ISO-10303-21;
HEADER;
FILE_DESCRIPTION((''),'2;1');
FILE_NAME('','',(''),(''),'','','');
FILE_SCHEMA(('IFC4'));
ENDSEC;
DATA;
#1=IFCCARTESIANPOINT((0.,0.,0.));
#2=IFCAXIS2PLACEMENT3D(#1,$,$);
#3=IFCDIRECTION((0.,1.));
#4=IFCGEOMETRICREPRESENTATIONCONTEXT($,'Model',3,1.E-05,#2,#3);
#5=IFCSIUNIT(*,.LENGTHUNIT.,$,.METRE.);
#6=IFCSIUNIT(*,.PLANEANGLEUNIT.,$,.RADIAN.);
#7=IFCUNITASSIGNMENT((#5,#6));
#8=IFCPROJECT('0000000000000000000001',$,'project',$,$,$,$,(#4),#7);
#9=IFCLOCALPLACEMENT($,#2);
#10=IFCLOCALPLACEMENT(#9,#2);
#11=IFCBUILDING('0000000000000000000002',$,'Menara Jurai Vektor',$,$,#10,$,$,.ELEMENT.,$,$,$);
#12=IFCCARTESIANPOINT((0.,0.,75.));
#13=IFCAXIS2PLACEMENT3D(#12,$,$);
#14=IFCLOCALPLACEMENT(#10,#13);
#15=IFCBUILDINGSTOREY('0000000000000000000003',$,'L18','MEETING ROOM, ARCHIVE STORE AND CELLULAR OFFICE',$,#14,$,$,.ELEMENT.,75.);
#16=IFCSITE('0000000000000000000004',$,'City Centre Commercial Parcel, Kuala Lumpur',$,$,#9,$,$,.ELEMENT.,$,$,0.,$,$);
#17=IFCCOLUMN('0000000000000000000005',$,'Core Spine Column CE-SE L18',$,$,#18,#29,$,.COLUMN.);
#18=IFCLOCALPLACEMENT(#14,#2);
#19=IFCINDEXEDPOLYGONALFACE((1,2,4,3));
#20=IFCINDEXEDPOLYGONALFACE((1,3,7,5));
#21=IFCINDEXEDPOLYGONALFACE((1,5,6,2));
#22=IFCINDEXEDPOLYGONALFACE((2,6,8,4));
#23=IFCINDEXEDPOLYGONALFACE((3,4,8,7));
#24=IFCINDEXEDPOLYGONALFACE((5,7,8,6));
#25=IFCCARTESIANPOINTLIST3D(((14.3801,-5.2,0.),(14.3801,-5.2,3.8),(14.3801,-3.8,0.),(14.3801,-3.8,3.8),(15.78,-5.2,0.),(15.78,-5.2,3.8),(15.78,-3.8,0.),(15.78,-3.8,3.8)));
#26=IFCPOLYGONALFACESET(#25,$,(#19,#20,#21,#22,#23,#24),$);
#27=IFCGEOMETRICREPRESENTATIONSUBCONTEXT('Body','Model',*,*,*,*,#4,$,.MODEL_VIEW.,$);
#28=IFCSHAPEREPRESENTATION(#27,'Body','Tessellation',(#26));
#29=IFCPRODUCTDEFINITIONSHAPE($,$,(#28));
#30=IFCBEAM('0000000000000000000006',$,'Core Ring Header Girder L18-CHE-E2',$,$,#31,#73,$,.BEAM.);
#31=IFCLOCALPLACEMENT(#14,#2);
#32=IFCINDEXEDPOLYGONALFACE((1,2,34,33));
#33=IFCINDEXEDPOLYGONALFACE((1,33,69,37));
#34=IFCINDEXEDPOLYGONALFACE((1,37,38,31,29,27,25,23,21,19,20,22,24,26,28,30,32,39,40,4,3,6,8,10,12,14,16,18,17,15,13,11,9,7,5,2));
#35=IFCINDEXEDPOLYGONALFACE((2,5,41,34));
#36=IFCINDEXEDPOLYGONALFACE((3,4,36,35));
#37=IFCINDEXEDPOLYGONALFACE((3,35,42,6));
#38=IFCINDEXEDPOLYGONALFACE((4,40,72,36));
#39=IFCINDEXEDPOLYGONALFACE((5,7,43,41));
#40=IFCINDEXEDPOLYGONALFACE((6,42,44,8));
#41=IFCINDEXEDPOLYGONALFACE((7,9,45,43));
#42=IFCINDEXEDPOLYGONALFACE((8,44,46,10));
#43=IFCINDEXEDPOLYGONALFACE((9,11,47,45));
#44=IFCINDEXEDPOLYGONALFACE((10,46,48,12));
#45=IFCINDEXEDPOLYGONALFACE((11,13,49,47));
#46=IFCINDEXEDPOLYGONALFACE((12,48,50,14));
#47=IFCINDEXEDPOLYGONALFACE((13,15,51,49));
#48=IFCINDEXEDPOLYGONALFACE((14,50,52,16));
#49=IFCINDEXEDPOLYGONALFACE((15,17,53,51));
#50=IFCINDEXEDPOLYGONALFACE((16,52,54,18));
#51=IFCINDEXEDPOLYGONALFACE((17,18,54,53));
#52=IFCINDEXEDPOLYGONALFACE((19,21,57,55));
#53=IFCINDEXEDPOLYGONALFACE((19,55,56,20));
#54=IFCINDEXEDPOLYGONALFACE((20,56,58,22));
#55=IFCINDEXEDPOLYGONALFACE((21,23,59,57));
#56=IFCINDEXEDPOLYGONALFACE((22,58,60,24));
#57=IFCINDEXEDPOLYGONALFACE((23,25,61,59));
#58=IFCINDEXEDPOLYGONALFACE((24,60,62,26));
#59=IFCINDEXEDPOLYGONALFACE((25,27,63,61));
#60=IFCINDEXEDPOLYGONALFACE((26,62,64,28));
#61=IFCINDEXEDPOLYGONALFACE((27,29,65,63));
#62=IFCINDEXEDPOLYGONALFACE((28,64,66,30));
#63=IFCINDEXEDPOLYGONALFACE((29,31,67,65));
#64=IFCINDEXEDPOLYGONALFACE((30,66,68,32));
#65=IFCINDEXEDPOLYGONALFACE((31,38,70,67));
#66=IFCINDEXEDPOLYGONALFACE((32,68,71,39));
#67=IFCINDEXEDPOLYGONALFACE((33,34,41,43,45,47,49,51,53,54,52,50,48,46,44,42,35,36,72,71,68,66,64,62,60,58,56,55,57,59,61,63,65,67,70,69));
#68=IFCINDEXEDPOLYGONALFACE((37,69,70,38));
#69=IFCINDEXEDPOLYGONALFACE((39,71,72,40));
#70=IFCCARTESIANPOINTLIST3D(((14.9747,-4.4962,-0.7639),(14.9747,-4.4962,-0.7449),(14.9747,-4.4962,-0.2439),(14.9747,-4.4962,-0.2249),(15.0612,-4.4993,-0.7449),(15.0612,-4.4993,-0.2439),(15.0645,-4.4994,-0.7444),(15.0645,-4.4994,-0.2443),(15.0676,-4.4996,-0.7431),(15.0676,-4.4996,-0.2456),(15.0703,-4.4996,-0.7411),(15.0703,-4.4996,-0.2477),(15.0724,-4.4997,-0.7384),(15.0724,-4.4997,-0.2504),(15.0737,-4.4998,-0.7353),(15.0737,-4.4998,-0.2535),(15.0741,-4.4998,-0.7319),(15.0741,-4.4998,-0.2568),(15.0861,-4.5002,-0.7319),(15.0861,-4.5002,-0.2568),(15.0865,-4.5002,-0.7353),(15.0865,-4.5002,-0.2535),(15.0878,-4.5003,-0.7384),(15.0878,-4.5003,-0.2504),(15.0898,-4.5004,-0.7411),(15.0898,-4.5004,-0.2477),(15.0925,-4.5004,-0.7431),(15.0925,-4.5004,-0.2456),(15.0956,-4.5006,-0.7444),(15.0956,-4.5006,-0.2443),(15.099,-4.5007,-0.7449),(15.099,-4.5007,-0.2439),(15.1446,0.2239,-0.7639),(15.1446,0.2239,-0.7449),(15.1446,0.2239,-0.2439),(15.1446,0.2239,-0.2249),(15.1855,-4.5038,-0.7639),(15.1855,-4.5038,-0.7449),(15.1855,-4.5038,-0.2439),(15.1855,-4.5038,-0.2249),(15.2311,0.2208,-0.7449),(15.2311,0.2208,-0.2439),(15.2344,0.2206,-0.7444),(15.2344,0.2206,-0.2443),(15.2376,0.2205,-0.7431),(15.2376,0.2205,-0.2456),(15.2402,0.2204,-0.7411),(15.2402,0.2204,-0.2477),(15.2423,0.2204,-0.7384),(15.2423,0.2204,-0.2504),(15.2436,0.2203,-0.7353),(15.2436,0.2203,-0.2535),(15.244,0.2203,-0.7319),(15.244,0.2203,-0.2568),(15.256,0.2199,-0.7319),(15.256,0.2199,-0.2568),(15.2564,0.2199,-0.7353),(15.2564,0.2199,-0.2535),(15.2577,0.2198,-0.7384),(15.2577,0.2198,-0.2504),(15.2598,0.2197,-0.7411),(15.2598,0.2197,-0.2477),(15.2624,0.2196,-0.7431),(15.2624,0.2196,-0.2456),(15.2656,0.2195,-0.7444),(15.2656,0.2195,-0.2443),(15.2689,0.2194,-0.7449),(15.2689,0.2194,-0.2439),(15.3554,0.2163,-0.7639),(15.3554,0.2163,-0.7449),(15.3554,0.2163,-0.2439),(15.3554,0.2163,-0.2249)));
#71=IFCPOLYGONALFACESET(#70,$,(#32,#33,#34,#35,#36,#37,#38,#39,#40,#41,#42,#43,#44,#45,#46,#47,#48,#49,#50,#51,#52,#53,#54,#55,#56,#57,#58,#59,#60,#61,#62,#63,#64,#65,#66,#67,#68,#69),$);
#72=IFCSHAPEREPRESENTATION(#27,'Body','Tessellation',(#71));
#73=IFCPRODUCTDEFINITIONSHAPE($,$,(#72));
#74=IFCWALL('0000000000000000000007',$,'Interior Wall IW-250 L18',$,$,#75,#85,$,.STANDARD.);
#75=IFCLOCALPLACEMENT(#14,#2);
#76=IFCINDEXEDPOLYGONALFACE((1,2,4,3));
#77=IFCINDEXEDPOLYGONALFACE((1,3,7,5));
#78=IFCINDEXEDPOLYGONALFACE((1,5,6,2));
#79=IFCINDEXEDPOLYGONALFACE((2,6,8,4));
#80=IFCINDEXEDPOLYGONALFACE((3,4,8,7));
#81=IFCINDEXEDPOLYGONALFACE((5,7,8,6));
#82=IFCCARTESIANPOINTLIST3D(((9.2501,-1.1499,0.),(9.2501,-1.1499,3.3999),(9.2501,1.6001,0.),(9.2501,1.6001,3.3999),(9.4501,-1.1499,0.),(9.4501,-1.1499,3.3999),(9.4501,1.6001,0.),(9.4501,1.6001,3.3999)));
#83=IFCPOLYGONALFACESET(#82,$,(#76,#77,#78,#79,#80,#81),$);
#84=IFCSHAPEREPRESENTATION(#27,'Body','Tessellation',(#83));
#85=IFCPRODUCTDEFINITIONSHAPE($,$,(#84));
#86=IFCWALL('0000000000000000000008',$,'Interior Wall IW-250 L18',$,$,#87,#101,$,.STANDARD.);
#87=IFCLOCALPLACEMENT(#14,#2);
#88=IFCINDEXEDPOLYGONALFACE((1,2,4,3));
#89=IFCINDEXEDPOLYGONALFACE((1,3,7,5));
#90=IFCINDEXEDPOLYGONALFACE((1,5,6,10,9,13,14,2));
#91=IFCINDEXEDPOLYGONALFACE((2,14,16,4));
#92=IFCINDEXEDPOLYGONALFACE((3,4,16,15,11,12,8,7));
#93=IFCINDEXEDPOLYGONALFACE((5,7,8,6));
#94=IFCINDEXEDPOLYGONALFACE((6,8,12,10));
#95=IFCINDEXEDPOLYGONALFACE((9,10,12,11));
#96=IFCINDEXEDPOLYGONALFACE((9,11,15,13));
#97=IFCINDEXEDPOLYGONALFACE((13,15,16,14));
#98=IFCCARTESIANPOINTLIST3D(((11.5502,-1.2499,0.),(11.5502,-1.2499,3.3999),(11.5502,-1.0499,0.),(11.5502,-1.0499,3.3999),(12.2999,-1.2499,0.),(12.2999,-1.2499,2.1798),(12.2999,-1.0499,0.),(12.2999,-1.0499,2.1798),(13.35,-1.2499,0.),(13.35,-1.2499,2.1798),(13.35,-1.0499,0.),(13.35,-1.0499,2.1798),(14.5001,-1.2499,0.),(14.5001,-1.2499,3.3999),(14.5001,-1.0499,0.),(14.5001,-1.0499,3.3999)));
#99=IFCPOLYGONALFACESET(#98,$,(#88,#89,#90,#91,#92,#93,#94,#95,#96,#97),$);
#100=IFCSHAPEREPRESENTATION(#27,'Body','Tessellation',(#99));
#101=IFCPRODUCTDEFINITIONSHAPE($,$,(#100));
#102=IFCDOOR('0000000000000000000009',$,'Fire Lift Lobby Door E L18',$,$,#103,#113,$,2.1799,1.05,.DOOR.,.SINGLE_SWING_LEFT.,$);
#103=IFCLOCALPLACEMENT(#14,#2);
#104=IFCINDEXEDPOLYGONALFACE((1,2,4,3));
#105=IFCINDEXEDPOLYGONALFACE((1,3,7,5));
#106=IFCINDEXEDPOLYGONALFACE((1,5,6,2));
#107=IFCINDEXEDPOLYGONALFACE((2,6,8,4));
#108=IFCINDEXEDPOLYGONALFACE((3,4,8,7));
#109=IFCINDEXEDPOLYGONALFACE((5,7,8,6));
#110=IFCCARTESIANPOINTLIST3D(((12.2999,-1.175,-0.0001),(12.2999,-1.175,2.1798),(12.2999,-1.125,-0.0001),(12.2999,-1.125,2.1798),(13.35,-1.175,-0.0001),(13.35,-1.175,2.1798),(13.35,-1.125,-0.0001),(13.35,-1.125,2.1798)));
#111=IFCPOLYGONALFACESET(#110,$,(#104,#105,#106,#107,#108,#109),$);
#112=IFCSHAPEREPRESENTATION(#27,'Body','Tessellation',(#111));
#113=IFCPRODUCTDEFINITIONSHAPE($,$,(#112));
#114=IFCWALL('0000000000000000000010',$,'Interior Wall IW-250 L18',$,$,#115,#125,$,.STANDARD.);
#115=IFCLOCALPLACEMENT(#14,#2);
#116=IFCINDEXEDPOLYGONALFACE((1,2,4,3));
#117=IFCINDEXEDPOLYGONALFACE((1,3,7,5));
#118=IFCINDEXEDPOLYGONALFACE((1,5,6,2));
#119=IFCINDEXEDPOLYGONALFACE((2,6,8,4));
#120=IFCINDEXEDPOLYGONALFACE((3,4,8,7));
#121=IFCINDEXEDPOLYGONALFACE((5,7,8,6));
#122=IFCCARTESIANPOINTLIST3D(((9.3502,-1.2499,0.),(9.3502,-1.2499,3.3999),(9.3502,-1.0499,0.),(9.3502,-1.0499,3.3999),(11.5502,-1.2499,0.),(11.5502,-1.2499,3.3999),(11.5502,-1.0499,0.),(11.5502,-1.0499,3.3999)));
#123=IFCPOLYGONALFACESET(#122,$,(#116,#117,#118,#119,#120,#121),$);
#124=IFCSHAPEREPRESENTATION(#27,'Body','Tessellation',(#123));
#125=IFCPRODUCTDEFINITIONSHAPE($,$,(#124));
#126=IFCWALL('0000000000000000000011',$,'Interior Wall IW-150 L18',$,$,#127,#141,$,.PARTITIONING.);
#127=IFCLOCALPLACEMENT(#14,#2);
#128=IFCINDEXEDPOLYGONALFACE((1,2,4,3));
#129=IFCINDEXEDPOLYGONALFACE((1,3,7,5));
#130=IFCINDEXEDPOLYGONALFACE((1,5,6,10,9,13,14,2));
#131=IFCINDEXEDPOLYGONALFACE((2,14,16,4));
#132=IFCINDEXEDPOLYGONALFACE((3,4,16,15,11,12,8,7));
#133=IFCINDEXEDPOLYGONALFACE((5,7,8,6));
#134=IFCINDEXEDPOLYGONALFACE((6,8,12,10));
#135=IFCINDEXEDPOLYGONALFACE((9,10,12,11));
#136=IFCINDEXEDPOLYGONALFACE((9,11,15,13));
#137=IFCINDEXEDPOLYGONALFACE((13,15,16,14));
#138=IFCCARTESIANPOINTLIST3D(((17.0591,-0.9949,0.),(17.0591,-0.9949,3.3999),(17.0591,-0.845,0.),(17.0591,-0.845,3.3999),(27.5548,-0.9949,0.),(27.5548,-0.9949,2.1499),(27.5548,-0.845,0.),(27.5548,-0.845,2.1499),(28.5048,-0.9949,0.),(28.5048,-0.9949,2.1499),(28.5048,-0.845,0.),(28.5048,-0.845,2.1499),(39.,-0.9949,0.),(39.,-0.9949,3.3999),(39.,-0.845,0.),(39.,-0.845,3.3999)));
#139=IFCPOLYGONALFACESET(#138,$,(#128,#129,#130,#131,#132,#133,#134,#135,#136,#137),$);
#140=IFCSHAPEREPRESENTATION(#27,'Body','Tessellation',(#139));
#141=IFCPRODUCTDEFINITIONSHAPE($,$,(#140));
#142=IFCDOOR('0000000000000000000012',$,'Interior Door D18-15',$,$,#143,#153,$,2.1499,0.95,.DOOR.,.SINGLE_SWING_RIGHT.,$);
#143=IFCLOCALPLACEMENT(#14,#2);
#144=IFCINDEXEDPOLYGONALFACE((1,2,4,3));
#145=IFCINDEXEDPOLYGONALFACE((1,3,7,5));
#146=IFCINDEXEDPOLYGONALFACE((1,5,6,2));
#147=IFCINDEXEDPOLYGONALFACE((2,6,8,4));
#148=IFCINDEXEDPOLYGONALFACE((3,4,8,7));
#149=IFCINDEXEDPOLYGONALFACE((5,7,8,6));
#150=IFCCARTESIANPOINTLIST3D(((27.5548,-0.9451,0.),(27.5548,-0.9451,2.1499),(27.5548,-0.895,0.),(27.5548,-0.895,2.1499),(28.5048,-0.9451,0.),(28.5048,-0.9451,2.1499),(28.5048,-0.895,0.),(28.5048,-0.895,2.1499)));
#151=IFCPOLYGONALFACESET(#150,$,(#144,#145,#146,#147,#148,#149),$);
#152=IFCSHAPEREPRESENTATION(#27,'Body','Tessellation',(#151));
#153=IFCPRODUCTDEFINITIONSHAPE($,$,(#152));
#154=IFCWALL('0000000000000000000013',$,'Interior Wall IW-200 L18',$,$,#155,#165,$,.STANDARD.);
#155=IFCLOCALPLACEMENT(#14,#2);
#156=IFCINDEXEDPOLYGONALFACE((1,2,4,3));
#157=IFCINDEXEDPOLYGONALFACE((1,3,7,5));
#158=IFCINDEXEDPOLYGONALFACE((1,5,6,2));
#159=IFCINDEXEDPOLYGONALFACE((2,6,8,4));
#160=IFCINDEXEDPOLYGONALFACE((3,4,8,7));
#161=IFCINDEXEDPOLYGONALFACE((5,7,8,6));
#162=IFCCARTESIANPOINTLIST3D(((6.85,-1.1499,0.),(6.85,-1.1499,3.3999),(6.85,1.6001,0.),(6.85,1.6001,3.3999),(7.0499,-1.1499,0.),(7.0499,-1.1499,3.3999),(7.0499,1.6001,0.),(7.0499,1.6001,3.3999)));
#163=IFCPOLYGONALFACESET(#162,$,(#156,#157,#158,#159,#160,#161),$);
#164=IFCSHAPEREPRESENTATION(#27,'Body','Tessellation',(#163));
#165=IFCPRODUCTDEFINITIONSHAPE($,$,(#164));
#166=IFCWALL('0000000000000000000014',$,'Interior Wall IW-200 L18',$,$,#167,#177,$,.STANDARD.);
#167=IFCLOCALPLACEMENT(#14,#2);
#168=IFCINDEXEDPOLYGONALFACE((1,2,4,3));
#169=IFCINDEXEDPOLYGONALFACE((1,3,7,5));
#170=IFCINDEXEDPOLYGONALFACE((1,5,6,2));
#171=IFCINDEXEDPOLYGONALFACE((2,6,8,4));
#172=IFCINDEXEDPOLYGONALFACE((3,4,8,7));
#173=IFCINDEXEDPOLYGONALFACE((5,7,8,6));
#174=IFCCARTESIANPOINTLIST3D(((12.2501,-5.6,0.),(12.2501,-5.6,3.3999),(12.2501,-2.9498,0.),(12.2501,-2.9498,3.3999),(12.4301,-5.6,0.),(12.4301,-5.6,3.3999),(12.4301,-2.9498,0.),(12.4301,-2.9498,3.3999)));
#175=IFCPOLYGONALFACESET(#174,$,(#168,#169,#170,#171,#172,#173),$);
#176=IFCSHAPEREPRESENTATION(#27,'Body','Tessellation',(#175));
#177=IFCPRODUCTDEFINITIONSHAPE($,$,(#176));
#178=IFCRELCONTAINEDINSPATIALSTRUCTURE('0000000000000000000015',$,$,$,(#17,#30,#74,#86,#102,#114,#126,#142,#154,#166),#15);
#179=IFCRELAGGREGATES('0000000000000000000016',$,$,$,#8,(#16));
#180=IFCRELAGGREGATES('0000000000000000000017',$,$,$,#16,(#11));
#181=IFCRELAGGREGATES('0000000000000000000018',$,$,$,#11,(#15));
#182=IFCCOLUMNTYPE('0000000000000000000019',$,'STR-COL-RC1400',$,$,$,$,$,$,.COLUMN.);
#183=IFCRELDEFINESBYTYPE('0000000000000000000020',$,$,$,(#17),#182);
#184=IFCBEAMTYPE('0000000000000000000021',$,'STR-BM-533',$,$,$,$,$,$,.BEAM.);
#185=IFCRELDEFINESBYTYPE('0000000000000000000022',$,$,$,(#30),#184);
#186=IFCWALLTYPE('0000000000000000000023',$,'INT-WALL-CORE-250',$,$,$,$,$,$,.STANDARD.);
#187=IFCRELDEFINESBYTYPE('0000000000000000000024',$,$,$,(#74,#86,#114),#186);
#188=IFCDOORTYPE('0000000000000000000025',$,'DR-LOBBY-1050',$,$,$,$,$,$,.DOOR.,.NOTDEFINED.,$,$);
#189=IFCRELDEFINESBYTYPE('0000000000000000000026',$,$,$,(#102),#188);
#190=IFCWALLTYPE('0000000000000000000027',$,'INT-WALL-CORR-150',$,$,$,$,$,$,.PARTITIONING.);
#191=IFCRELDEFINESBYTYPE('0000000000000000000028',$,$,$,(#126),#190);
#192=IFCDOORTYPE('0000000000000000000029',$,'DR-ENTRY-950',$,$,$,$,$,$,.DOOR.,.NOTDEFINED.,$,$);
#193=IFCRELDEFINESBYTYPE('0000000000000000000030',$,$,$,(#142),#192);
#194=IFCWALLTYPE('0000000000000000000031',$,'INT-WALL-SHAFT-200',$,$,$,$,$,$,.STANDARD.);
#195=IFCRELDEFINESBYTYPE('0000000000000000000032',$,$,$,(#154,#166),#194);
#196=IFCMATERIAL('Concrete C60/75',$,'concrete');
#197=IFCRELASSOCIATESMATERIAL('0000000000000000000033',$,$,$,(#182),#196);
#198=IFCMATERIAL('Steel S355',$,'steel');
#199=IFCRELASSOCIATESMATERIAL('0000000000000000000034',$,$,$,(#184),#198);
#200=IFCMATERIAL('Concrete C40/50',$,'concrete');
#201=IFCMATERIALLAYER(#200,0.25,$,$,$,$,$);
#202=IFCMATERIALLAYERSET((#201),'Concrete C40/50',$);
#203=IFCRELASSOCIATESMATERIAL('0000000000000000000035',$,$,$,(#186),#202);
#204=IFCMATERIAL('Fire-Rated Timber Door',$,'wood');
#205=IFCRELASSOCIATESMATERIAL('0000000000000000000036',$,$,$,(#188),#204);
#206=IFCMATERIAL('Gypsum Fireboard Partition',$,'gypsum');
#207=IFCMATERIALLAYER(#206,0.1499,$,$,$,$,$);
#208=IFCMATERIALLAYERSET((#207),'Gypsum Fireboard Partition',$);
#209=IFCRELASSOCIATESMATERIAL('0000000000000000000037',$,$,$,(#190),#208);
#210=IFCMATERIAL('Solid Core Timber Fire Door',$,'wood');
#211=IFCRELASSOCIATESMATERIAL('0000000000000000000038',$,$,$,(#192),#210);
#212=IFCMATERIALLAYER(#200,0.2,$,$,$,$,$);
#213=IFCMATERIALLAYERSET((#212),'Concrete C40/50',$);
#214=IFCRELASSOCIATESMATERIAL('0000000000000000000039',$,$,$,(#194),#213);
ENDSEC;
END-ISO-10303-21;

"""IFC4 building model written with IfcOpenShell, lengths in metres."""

from ifc_helpers import new_model, si_unit, direction, frame, frame_2d, origin, origin_2d, place, context, subcontext, project, spatial, rectangle, i_section, extrude, material, layer, layer_set, material_profile, profile_set, type_object, element, fill, save


model = new_model("IFC4")

# Units and contexts
model_context = context("Model", 3, precision=1e-05, world=origin(), true_north=direction((0.0, 1.0)))
body_context = subcontext(model_context, "Body", "Model", "MODEL_VIEW")
ifc_project = project(units=[si_unit("LENGTHUNIT", "METRE"), si_unit("PLANEANGLEUNIT", "RADIAN")], contexts=[model_context])

# Site, building, storey
site_placement = place(None, origin())
site = spatial("IfcSite", under=ifc_project, at=site_placement, Name="City Centre Commercial Parcel, Kuala Lumpur", CompositionType="ELEMENT", RefElevation=0.0)
building_placement = place(site_placement, origin())
building = spatial("IfcBuilding", under=site, at=building_placement, Name="Menara Jurai Vektor", CompositionType="ELEMENT")
storey_placement = place(building_placement, frame((0.0, 0.0, 75.0)))
storey = spatial("IfcBuildingStorey", under=building, at=storey_placement, Name="L18", Description="MEETING ROOM, ARCHIVE STORE AND CELLULAR OFFICE", CompositionType="ELEMENT", Elevation=75.0)

# Column
ifc_material_1 = material(Name="Concrete C60/75", Category="concrete")
ifc_material_profile_1 = material_profile(ifc_material_1, rectangle(XDim=1.3999, YDim=1.3999, at=origin_2d()), Name="RC 1400x1400")
ifc_profile_set_1 = profile_set([ifc_material_profile_1], Name="Concrete C60/75")
column_type = type_object("IfcColumnType", Name="STR-COL-RC1400", PredefinedType="COLUMN", material=ifc_profile_set_1)
column_placement = place(storey_placement, frame((15.0801, -4.5, 0.0), z_axis=(0.0, 0.0, 1.0), x_axis=(1.0, 0.0, 0.0)))
element("IfcColumn", 1, at=column_placement, inside=storey, type_object=column_type, Name="Core Spine Column CE-SE L18", PredefinedType="COLUMN", context=body_context, shape_type="SweptSolid", body=[
    extrude(rectangle(XDim=1.3999, YDim=1.3999, at=origin_2d()), origin(), (0.0, 0.0, 1.0), 3.8),
])

# Beam
ifc_material_2 = material(Name="Steel S355", Category="steel")
ifc_material_profile_2 = material_profile(ifc_material_2, i_section(OverallWidth=0.2109, OverallDepth=0.5391, WebThickness=0.012, FlangeThickness=0.019, FilletRadius=0.0129, at=origin_2d()), Name="UKB 533x210x109")
ifc_profile_set_2 = profile_set([ifc_material_profile_2], Name="Steel S355")
beam_type = type_object("IfcBeamType", Name="STR-BM-533", PredefinedType="BEAM", material=ifc_profile_set_2)
beam_placement = place(storey_placement, frame((15.0801, -4.5, -0.4944), z_axis=(0.035977, 0.999353, 0.0), x_axis=(-0.999353, 0.035977, 0.0)))
element("IfcBeam", 2, at=beam_placement, inside=storey, type_object=beam_type, Name="Core Ring Header Girder L18-CHE-E2", PredefinedType="BEAM", context=body_context, shape_type="SweptSolid", body=[
    extrude(i_section(OverallWidth=0.2109, OverallDepth=0.5391, WebThickness=0.012, FlangeThickness=0.019, FilletRadius=0.0129, at=origin_2d()), origin(), (0.0, 0.0, 1.0), 4.7231),
])

# Shared definitions
ifc_material_3 = material(Name="Concrete C40/50", Category="concrete")
ifc_layer_1 = layer(ifc_material_3, 0.25)
ifc_layer_set_1 = layer_set([ifc_layer_1], Name="Concrete C40/50")
wall_type_1 = type_object("IfcWallType", Name="INT-WALL-CORE-250", PredefinedType="STANDARD", material=ifc_layer_set_1)

# Wall
wall_1_placement = place(storey_placement, frame((9.3501, -1.1499, 0.0), z_axis=(0.0, 0.0, 1.0), x_axis=(0.0, 1.0, 0.0)))
element("IfcWall", 3, at=wall_1_placement, inside=storey, type_object=wall_type_1, Name="Interior Wall IW-250 L18", PredefinedType="STANDARD", context=body_context, shape_type="SweptSolid", body=[
    extrude(rectangle(XDim=2.75, YDim=0.2, at=frame_2d((1.375, 0.0))), origin(), (0.0, 0.0, 1.0), 3.3999),
])

# Wall, opening, door
wall_2_placement = place(storey_placement, frame((11.55, -1.1499, 0.0), z_axis=(0.0, 0.0, 1.0), x_axis=(1.0, 0.0, 0.0)))
wall_2 = element("IfcWall", 4, at=wall_2_placement, inside=storey, type_object=wall_type_1, Name="Interior Wall IW-250 L18", PredefinedType="STANDARD", context=body_context, shape_type="SweptSolid", body=[
    extrude(rectangle(XDim=2.95, YDim=0.2, at=frame_2d((1.4751, 0.0))), origin(), (0.0, 0.0, 1.0), 3.3999),
])
opening_1_placement = place(wall_2_placement, frame((0.75, 0.0, 0.0)))
opening_1 = element("IfcOpeningElement", 5, at=opening_1_placement, cuts=wall_2, PredefinedType="OPENING", context=body_context, shape_type="SweptSolid", body=[
    extrude(rectangle(XDim=1.05, YDim=2.1799, at=frame_2d((0.5249, 1.0898))), frame((0.0, 0.1099, 0.0), z_axis=(0.0, -1.0, 0.0), x_axis=(1.0, 0.0, 0.0)), (0.0, 0.0, 1.0), 0.22),
])
ifc_material_4 = material(Name="Fire-Rated Timber Door", Category="wood")
door_type_1 = type_object("IfcDoorType", Name="DR-LOBBY-1050", OperationType="NOTDEFINED", PredefinedType="DOOR", material=ifc_material_4)
door_1_placement = place(opening_1_placement, origin())
door_1 = element("IfcDoor", 6, at=door_1_placement, inside=storey, type_object=door_type_1, Name="Fire Lift Lobby Door E L18", OperationType="SINGLE_SWING_LEFT", OverallHeight=2.1799, OverallWidth=1.05, PredefinedType="DOOR", context=body_context, shape_type="SweptSolid", body=[
    extrude(rectangle(XDim=1.05, YDim=2.1799, at=frame_2d((0.5249, 1.0898))), frame((0.0, 0.0249, 0.0), z_axis=(0.0, -1.0, 0.0), x_axis=(1.0, 0.0, 0.0)), (0.0, 0.0, 1.0), 0.05),
])
fill(opening_1, door_1)

# Wall
wall_3_placement = place(storey_placement, frame((9.3501, -1.1499, 0.0), z_axis=(0.0, 0.0, 1.0), x_axis=(1.0, 0.0, 0.0)))
element("IfcWall", 7, at=wall_3_placement, inside=storey, type_object=wall_type_1, Name="Interior Wall IW-250 L18", PredefinedType="STANDARD", context=body_context, shape_type="SweptSolid", body=[
    extrude(rectangle(XDim=2.2, YDim=0.2, at=frame_2d((1.1001, 0.0))), origin(), (0.0, 0.0, 1.0), 3.3999),
])

# Wall, opening, door
ifc_material_5 = material(Name="Gypsum Fireboard Partition", Category="gypsum")
ifc_layer_2 = layer(ifc_material_5, 0.1499)
ifc_layer_set_2 = layer_set([ifc_layer_2], Name="Gypsum Fireboard Partition")
wall_type_2 = type_object("IfcWallType", Name="INT-WALL-CORR-150", PredefinedType="PARTITIONING", material=ifc_layer_set_2)
wall_4_placement = place(storey_placement, frame((17.0591, -0.9199, 0.0), z_axis=(0.0, 0.0, 1.0), x_axis=(1.0, 0.0, 0.0)))
wall_4 = element("IfcWall", 8, at=wall_4_placement, inside=storey, type_object=wall_type_2, Name="Interior Wall IW-150 L18", PredefinedType="PARTITIONING", context=body_context, shape_type="SweptSolid", body=[
    extrude(rectangle(XDim=21.9409, YDim=0.1499, at=frame_2d((10.9705, 0.0))), origin(), (0.0, 0.0, 1.0), 3.3999),
])
opening_2_placement = place(wall_4_placement, frame((10.4956, 0.0, 0.0)))
opening_2 = element("IfcOpeningElement", 9, at=opening_2_placement, cuts=wall_4, PredefinedType="OPENING", context=body_context, shape_type="SweptSolid", body=[
    extrude(rectangle(XDim=0.95, YDim=2.1499, at=frame_2d((0.4751, 1.075))), frame((0.0, 0.085, 0.0), z_axis=(0.0, -1.0, 0.0), x_axis=(1.0, 0.0, 0.0)), (0.0, 0.0, 1.0), 0.1699),
])
ifc_material_6 = material(Name="Solid Core Timber Fire Door", Category="wood")
door_type_2 = type_object("IfcDoorType", Name="DR-ENTRY-950", OperationType="NOTDEFINED", PredefinedType="DOOR", material=ifc_material_6)
door_2_placement = place(opening_2_placement, origin())
door_2 = element("IfcDoor", 10, at=door_2_placement, inside=storey, type_object=door_type_2, Name="Interior Door D18-15", OperationType="SINGLE_SWING_RIGHT", OverallHeight=2.1499, OverallWidth=0.95, PredefinedType="DOOR", context=body_context, shape_type="SweptSolid", body=[
    extrude(rectangle(XDim=0.95, YDim=2.1499, at=frame_2d((0.4751, 1.075))), frame((0.0, 0.0249, 0.0), z_axis=(0.0, -1.0, 0.0), x_axis=(1.0, 0.0, 0.0)), (0.0, 0.0, 1.0), 0.05),
])
fill(opening_2, door_2)

# Wall
ifc_layer_3 = layer(ifc_material_3, 0.2)
ifc_layer_set_3 = layer_set([ifc_layer_3], Name="Concrete C40/50")
wall_type_3 = type_object("IfcWallType", Name="INT-WALL-SHAFT-200", PredefinedType="STANDARD", material=ifc_layer_set_3)
wall_5_placement = place(storey_placement, frame((6.95, -1.1499, 0.0), z_axis=(0.0, 0.0, 1.0), x_axis=(0.0, 1.0, 0.0)))
element("IfcWall", 11, at=wall_5_placement, inside=storey, type_object=wall_type_3, Name="Interior Wall IW-200 L18", PredefinedType="STANDARD", context=body_context, shape_type="SweptSolid", body=[
    extrude(rectangle(XDim=2.75, YDim=0.2, at=frame_2d((1.375, 0.0))), origin(), (0.0, 0.0, 1.0), 3.3999),
])

# Wall
for number, where, z_axis, x_axis, name in (
    (12, (12.3401, -5.6001, 0.0), (0.0, 0.0, 1.0), (0.0, 1.0, 0.0), "Interior Wall IW-200 L18"),
):
    element("IfcWall", number, at=place(storey_placement, frame(where, z_axis=z_axis, x_axis=x_axis)), inside=storey, type_object=wall_type_3, Name=name, PredefinedType="STANDARD", context=body_context, shape_type="SweptSolid", body=[
        extrude(rectangle(XDim=2.6501, YDim=0.1799, at=frame_2d((1.3252, 0.0))), origin(), (0.0, 0.0, 1.0), 3.3999),
    ])

save(model, "model.ifc")
